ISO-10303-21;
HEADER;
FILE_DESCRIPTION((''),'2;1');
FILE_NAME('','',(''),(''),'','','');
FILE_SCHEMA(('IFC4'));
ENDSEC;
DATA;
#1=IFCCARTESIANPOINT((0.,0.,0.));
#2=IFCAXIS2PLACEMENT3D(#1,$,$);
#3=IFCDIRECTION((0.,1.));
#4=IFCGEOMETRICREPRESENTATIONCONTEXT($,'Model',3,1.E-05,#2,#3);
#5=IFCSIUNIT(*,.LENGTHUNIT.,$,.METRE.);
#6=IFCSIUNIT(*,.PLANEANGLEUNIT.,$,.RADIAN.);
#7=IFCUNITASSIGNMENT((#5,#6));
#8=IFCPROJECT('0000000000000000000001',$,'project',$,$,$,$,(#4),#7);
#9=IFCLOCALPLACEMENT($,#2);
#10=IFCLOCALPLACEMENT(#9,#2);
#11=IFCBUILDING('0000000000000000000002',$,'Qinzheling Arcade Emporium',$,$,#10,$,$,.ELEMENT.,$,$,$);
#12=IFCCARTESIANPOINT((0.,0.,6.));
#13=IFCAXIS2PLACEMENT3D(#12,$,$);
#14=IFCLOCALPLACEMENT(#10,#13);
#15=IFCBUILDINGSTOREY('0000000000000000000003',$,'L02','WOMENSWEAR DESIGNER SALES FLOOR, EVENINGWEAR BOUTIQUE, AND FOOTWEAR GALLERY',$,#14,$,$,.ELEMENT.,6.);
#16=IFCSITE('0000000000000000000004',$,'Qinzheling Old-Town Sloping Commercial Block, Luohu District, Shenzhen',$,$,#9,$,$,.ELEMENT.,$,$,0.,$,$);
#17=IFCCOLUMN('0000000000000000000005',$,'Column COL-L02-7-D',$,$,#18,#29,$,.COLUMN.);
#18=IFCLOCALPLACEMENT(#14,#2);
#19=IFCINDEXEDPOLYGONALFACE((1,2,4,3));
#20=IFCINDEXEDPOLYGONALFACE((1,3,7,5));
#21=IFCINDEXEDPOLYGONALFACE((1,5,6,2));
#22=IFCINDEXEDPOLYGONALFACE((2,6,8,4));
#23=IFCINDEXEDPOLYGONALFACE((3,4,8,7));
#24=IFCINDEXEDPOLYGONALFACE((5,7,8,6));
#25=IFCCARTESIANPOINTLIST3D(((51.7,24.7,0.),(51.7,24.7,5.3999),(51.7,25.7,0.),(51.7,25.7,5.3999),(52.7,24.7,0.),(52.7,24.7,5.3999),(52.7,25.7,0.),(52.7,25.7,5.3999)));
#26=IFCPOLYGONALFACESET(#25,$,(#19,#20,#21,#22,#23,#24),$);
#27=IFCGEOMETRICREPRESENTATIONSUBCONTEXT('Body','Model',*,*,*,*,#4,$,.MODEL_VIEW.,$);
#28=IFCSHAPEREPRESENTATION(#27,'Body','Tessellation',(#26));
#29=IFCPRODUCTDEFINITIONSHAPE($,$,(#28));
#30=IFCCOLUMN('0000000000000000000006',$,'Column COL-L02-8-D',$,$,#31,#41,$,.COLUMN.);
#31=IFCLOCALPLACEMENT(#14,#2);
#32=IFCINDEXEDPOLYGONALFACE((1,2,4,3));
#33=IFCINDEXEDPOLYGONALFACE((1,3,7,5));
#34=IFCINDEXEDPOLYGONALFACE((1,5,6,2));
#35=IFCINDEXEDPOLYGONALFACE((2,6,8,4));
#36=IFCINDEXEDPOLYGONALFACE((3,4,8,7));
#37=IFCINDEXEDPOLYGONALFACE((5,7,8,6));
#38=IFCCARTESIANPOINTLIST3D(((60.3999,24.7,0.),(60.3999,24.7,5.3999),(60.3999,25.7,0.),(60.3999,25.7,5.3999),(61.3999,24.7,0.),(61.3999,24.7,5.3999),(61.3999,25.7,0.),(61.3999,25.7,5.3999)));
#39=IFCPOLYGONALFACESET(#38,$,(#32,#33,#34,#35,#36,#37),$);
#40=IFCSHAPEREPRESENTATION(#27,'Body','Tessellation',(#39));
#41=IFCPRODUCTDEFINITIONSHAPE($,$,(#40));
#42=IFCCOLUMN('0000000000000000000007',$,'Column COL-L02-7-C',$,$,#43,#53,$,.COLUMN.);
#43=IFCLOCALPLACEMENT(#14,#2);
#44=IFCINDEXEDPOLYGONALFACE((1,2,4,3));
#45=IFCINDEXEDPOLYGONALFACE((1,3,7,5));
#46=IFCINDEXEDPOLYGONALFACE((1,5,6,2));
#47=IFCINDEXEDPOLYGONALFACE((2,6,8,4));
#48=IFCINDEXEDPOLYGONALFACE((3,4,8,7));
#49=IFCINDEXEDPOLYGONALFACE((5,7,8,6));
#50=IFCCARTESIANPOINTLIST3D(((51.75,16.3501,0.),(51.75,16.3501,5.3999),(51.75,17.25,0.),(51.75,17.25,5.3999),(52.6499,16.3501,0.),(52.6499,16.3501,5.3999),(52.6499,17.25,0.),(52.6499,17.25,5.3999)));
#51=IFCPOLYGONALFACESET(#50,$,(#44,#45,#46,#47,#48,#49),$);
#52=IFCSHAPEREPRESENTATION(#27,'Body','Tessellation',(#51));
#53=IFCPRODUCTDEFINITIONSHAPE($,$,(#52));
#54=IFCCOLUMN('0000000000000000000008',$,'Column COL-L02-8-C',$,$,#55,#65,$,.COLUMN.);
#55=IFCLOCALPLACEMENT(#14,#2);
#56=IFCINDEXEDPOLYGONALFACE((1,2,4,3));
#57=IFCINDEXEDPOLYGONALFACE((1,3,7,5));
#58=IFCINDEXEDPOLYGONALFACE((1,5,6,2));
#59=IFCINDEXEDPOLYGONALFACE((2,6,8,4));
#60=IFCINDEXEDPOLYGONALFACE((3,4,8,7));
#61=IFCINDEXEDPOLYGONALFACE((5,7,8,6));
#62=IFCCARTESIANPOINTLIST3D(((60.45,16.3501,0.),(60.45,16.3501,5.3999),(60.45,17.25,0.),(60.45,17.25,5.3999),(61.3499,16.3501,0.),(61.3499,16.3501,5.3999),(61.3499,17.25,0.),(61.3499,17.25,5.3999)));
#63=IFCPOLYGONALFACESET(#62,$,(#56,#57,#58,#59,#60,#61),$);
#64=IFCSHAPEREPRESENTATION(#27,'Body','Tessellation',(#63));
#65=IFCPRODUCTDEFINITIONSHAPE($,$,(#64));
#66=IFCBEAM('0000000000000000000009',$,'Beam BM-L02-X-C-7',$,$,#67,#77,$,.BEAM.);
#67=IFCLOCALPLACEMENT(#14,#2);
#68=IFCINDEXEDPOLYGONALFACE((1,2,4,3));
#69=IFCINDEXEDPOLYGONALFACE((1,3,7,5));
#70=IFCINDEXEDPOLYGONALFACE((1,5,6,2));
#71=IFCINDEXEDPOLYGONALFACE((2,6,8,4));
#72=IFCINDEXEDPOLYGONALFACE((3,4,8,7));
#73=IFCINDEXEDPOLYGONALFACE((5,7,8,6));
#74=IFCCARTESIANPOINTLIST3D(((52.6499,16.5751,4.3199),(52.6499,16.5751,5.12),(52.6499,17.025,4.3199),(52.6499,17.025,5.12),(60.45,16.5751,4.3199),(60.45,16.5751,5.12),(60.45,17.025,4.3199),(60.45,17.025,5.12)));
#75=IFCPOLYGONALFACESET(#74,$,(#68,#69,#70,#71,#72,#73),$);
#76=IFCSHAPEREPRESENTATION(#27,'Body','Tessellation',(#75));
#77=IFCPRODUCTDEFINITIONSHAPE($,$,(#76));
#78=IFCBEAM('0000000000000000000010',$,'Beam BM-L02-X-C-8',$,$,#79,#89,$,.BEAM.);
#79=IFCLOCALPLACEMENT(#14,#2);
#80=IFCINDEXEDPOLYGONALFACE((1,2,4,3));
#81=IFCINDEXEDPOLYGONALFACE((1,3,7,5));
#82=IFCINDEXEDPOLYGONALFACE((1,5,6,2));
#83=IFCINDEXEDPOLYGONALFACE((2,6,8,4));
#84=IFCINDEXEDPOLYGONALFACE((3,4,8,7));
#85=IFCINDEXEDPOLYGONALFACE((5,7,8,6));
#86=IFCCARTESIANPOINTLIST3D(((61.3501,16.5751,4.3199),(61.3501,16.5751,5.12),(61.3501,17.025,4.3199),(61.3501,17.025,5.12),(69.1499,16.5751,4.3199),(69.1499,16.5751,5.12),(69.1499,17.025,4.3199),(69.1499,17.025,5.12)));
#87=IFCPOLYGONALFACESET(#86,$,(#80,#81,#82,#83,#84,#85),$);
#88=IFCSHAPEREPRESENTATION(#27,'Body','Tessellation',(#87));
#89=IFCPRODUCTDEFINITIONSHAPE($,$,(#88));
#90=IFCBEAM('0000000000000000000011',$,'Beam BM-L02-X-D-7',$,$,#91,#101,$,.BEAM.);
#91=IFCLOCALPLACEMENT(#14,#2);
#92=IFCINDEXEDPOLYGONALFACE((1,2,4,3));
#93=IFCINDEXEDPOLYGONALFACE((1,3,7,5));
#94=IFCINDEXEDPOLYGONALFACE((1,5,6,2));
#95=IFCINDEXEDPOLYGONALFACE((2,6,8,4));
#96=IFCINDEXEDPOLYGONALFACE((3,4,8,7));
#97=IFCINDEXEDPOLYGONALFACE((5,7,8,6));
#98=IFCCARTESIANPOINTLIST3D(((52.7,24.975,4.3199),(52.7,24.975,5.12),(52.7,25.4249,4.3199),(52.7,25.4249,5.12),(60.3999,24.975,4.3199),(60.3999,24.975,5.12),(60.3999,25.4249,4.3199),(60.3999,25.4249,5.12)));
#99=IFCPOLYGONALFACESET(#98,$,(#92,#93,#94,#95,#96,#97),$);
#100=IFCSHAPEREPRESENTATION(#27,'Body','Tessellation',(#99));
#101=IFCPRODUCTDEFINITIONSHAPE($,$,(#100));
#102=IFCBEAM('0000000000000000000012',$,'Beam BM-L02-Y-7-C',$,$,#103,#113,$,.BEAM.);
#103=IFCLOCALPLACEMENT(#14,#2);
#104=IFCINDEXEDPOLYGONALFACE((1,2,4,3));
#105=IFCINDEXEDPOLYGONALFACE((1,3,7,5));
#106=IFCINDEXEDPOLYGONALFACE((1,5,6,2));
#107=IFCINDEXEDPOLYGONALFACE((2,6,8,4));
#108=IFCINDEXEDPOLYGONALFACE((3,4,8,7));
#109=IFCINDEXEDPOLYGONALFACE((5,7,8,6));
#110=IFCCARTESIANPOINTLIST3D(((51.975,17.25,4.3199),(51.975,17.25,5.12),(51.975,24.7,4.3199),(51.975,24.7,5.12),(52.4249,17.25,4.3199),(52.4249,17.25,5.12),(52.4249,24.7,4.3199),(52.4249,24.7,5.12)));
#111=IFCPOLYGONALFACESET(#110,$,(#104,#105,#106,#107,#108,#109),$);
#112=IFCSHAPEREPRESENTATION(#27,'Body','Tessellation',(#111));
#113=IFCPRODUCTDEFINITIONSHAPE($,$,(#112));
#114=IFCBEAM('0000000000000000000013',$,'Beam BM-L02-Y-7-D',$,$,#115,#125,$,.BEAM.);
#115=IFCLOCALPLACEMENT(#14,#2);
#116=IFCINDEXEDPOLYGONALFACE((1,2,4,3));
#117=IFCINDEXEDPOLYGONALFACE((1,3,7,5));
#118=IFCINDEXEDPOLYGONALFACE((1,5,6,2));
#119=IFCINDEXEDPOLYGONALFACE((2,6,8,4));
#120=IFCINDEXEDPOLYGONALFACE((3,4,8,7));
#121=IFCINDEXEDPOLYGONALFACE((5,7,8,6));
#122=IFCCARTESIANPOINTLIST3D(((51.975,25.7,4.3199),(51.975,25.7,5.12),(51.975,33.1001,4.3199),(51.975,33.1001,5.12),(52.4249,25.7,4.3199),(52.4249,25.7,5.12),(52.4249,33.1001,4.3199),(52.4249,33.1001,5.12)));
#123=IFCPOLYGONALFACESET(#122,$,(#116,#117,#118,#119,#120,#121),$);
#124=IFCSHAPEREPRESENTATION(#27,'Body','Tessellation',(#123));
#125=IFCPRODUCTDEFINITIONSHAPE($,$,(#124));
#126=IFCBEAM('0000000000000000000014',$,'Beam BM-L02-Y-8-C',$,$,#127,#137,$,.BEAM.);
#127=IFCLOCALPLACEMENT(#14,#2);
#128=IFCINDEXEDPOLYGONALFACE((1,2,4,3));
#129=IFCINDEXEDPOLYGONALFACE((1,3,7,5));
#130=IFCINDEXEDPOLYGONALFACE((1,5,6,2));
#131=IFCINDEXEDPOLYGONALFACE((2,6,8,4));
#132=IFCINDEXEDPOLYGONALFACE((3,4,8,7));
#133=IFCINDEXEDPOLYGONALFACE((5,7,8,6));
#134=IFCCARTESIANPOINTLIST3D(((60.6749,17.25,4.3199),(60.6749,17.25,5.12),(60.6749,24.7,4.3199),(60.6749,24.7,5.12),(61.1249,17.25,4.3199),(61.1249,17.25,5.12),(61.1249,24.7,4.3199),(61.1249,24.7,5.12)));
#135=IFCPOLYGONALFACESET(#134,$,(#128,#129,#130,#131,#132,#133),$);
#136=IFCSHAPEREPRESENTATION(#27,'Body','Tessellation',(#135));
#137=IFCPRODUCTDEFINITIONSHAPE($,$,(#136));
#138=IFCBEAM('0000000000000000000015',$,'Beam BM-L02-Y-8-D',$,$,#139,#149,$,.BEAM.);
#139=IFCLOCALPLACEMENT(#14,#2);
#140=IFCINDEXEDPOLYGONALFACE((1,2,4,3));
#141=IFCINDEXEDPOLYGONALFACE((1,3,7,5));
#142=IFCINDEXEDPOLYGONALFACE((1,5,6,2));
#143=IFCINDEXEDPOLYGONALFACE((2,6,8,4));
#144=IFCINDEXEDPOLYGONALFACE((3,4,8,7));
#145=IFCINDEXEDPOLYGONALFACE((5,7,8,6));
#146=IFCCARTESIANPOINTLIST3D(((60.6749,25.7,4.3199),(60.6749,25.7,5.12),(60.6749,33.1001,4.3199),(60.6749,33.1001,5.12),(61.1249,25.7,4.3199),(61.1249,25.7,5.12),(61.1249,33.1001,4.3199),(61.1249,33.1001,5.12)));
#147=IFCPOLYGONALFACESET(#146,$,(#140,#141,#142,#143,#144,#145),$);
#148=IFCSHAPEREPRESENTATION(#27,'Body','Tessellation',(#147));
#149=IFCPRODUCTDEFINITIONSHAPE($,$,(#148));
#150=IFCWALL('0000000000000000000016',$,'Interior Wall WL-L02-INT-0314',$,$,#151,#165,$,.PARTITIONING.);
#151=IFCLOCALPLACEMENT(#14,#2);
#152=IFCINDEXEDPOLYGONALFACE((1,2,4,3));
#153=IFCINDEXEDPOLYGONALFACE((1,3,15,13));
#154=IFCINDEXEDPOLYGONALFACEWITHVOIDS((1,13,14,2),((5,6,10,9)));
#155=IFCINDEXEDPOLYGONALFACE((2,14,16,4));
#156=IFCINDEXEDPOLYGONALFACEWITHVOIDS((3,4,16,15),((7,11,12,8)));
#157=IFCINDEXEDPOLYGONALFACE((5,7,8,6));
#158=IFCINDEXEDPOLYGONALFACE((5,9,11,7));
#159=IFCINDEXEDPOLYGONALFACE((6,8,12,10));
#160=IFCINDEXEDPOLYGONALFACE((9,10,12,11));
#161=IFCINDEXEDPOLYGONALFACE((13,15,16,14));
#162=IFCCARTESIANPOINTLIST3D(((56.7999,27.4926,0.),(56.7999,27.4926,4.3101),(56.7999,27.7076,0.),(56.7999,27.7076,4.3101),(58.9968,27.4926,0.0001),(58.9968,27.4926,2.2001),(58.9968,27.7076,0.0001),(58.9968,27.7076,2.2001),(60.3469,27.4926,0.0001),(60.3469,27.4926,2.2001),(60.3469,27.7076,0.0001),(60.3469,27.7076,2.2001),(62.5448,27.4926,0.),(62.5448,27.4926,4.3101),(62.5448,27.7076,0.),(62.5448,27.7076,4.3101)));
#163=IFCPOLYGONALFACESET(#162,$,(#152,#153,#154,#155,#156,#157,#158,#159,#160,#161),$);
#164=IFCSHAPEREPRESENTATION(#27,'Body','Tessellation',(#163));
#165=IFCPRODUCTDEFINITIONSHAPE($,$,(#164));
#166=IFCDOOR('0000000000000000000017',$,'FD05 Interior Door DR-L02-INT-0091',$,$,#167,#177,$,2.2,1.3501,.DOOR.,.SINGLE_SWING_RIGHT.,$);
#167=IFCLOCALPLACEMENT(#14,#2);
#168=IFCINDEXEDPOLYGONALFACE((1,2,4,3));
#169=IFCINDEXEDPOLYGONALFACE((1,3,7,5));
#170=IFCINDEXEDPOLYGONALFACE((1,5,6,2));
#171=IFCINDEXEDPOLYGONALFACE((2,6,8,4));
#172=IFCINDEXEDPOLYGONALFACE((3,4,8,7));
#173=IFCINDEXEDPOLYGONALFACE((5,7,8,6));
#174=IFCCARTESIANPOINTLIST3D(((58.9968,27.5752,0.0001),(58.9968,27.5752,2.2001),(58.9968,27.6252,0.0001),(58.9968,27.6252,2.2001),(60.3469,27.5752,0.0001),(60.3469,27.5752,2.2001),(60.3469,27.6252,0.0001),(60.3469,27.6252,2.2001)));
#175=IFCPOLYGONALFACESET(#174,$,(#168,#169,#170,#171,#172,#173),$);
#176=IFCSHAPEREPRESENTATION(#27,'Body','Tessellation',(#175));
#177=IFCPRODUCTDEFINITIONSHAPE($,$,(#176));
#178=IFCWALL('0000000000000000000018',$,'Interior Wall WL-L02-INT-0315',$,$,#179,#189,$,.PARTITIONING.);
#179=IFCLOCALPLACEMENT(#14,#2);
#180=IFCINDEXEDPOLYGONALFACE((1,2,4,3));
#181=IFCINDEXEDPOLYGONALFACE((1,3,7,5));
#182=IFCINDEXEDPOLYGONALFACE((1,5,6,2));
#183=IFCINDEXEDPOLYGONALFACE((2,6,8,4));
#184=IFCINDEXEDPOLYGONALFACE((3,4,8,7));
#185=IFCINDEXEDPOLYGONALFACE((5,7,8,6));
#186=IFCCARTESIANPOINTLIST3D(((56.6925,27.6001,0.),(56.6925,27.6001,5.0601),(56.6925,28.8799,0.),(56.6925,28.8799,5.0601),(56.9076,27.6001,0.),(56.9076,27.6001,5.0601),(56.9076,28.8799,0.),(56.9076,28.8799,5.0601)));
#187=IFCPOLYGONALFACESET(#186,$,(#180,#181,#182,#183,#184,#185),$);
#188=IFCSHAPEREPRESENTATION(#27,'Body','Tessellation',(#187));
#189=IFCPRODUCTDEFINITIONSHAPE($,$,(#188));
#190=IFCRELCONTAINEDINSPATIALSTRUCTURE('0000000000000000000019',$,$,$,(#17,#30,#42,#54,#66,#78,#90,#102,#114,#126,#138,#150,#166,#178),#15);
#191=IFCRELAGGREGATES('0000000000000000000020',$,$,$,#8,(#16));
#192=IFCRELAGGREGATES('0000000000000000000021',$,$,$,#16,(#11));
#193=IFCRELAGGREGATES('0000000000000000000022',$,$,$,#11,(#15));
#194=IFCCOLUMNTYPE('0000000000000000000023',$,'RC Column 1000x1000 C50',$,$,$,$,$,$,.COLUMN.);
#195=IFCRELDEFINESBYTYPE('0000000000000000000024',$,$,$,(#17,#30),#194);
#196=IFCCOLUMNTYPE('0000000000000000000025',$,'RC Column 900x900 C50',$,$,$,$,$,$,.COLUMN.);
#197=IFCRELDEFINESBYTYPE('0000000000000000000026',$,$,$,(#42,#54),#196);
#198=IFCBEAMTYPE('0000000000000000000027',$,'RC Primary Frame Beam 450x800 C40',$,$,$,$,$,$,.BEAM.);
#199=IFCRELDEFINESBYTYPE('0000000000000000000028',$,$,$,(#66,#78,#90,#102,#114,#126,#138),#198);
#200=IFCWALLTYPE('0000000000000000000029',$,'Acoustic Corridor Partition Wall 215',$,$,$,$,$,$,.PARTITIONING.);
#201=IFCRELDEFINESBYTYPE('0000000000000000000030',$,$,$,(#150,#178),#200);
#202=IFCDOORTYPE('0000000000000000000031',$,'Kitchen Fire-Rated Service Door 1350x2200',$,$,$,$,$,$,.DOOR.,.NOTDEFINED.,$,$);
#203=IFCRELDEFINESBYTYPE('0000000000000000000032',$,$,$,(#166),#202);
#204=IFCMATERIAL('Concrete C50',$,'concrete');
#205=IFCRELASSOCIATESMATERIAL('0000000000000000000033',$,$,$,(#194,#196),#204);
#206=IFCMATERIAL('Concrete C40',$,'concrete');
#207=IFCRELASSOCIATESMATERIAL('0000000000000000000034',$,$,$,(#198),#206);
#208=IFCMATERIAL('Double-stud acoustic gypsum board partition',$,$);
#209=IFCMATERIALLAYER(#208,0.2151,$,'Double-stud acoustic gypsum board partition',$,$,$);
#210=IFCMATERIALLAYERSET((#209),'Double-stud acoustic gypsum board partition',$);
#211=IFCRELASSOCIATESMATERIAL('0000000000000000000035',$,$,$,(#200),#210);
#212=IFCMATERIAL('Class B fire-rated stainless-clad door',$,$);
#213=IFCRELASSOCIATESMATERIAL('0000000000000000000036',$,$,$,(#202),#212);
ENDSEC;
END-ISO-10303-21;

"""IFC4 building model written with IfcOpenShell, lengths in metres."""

from ifc_helpers import new_model, si_unit, direction, frame, frame_2d, origin, origin_2d, place, context, subcontext, project, spatial, rectangle, extrude, material, layer, layer_set, material_profile, profile_set, type_object, element, fill, save


model = new_model("IFC4")

# Units and contexts
model_context = context("Model", 3, precision=1e-05, world=origin(), true_north=direction((0.0, 1.0)))
body_context = subcontext(model_context, "Body", "Model", "MODEL_VIEW")
ifc_project = project(units=[si_unit("LENGTHUNIT", "METRE"), si_unit("PLANEANGLEUNIT", "RADIAN")], contexts=[model_context])

# Site, building, storey
site_placement = place(None, origin())
site = spatial("IfcSite", under=ifc_project, at=site_placement, Name="Qinzheling Old-Town Sloping Commercial Block, Luohu District, Shenzhen", CompositionType="ELEMENT", RefElevation=0.0)
building_placement = place(site_placement, origin())
building = spatial("IfcBuilding", under=site, at=building_placement, Name="Qinzheling Arcade Emporium", CompositionType="ELEMENT")
storey_placement = place(building_placement, frame((0.0, 0.0, 6.0)))
storey = spatial("IfcBuildingStorey", under=building, at=storey_placement, Name="L02", Description="WOMENSWEAR DESIGNER SALES FLOOR, EVENINGWEAR BOUTIQUE, AND FOOTWEAR GALLERY", CompositionType="ELEMENT", Elevation=6.0)

# Columns
ifc_material_1 = material(Name="Concrete C50", Category="concrete")
ifc_material_profile_1 = material_profile(ifc_material_1, rectangle(XDim=1.0, YDim=1.0, at=origin_2d()), Name="RC 1000x1000", Category="concrete")
ifc_profile_set_1 = profile_set([ifc_material_profile_1], Name="Concrete C50")
column_type_1 = type_object("IfcColumnType", Name="RC Column 1000x1000 C50", PredefinedType="COLUMN", material=ifc_profile_set_1)
for number, where, z_axis, x_axis, name in (
    (1, (52.2, 25.2, 0.0), (0.0, 0.0, 1.0), (1.0, 0.0, 0.0), "Column COL-L02-7-D"),
    (2, (60.8999, 25.2, 0.0), (0.0, 0.0, 1.0), (1.0, 0.0, 0.0), "Column COL-L02-8-D"),
):
    element("IfcColumn", number, at=place(storey_placement, frame(where, z_axis=z_axis, x_axis=x_axis)), inside=storey, type_object=column_type_1, Name=name, PredefinedType="COLUMN", context=body_context, shape_type="SweptSolid", body=[
        extrude(rectangle(XDim=1.0, YDim=1.0, at=origin_2d()), origin(), (0.0, 0.0, 1.0), 5.3999),
    ])
ifc_material_profile_2 = material_profile(ifc_material_1, rectangle(XDim=0.8999, YDim=0.8999, at=origin_2d()), Name="RC 900x900", Category="concrete")
ifc_profile_set_2 = profile_set([ifc_material_profile_2], Name="Concrete C50")
column_type_2 = type_object("IfcColumnType", Name="RC Column 900x900 C50", PredefinedType="COLUMN", material=ifc_profile_set_2)
for number, where, z_axis, x_axis, name in (
    (3, (52.2, 16.8, 0.0), (0.0, 0.0, 1.0), (1.0, 0.0, 0.0), "Column COL-L02-7-C"),
    (4, (60.8999, 16.8, 0.0), (0.0, 0.0, 1.0), (1.0, 0.0, 0.0), "Column COL-L02-8-C"),
):
    element("IfcColumn", number, at=place(storey_placement, frame(where, z_axis=z_axis, x_axis=x_axis)), inside=storey, type_object=column_type_2, Name=name, PredefinedType="COLUMN", context=body_context, shape_type="SweptSolid", body=[
        extrude(rectangle(XDim=0.8999, YDim=0.8999, at=origin_2d()), origin(), (0.0, 0.0, 1.0), 5.3999),
    ])

# Beams
ifc_material_2 = material(Name="Concrete C40", Category="concrete")
ifc_material_profile_3 = material_profile(ifc_material_2, rectangle(XDim=0.45, YDim=0.8, at=origin_2d()), Name="RC 450x800", Category="concrete")
ifc_profile_set_3 = profile_set([ifc_material_profile_3], Name="Concrete C40")
beam_type = type_object("IfcBeamType", Name="RC Primary Frame Beam 450x800 C40", PredefinedType="BEAM", material=ifc_profile_set_3)
beam_1_placement = place(storey_placement, frame((52.6499, 16.8, 4.72), z_axis=(1.0, 0.0, 0.0), x_axis=(0.0, 1.0, 0.0)))
element("IfcBeam", 5, at=beam_1_placement, inside=storey, type_object=beam_type, Name="Beam BM-L02-X-C-7", PredefinedType="BEAM", context=body_context, shape_type="SweptSolid", body=[
    extrude(rectangle(XDim=0.45, YDim=0.8, at=origin_2d()), origin(), (0.0, 0.0, 1.0), 7.8),
])
beam_2_placement = place(storey_placement, frame((61.3501, 16.8, 4.72), z_axis=(1.0, 0.0, 0.0), x_axis=(0.0, 1.0, 0.0)))
element("IfcBeam", 6, at=beam_2_placement, inside=storey, type_object=beam_type, Name="Beam BM-L02-X-C-8", PredefinedType="BEAM", context=body_context, shape_type="SweptSolid", body=[
    extrude(rectangle(XDim=0.45, YDim=0.8, at=origin_2d()), origin(), (0.0, 0.0, 1.0), 7.7998),
])
beam_3_placement = place(storey_placement, frame((52.7, 25.2, 4.72), z_axis=(1.0, 0.0, 0.0), x_axis=(0.0, 1.0, 0.0)))
element("IfcBeam", 7, at=beam_3_placement, inside=storey, type_object=beam_type, Name="Beam BM-L02-X-D-7", PredefinedType="BEAM", context=body_context, shape_type="SweptSolid", body=[
    extrude(rectangle(XDim=0.45, YDim=0.8, at=origin_2d()), origin(), (0.0, 0.0, 1.0), 7.7),
])
beam_4_placement = place(storey_placement, frame((52.2, 17.25, 4.72), z_axis=(0.0, 1.0, 0.0), x_axis=(-1.0, 0.0, 0.0)))
element("IfcBeam", 8, at=beam_4_placement, inside=storey, type_object=beam_type, Name="Beam BM-L02-Y-7-C", PredefinedType="BEAM", context=body_context, shape_type="SweptSolid", body=[
    extrude(rectangle(XDim=0.45, YDim=0.8, at=origin_2d()), origin(), (0.0, 0.0, 1.0), 7.45),
])
beam_5_placement = place(storey_placement, frame((52.2, 25.7, 4.72), z_axis=(0.0, 1.0, 0.0), x_axis=(-1.0, 0.0, 0.0)))
element("IfcBeam", 9, at=beam_5_placement, inside=storey, type_object=beam_type, Name="Beam BM-L02-Y-7-D", PredefinedType="BEAM", context=body_context, shape_type="SweptSolid", body=[
    extrude(rectangle(XDim=0.45, YDim=0.8, at=origin_2d()), origin(), (0.0, 0.0, 1.0), 7.4001),
])
beam_6_placement = place(storey_placement, frame((60.8999, 17.25, 4.72), z_axis=(0.0, 1.0, 0.0), x_axis=(-1.0, 0.0, 0.0)))
element("IfcBeam", 10, at=beam_6_placement, inside=storey, type_object=beam_type, Name="Beam BM-L02-Y-8-C", PredefinedType="BEAM", context=body_context, shape_type="SweptSolid", body=[
    extrude(rectangle(XDim=0.45, YDim=0.8, at=origin_2d()), origin(), (0.0, 0.0, 1.0), 7.45),
])
beam_7_placement = place(storey_placement, frame((60.8999, 25.7, 4.72), z_axis=(0.0, 1.0, 0.0), x_axis=(-1.0, 0.0, 0.0)))
element("IfcBeam", 11, at=beam_7_placement, inside=storey, type_object=beam_type, Name="Beam BM-L02-Y-8-D", PredefinedType="BEAM", context=body_context, shape_type="SweptSolid", body=[
    extrude(rectangle(XDim=0.45, YDim=0.8, at=origin_2d()), origin(), (0.0, 0.0, 1.0), 7.4001),
])

# Wall, opening, door
ifc_material_3 = material(Name="Double-stud acoustic gypsum board partition")
ifc_layer_1 = layer(ifc_material_3, 0.2151, Name="Double-stud acoustic gypsum board partition")
ifc_layer_set_1 = layer_set([ifc_layer_1], Name="Double-stud acoustic gypsum board partition")
wall_type_1 = type_object("IfcWallType", Name="Acoustic Corridor Partition Wall 215", PredefinedType="PARTITIONING", material=ifc_layer_set_1)
wall_1_placement = place(storey_placement, frame((62.5449, 27.6001, 0.0), z_axis=(0.0, 0.0, 1.0), x_axis=(-1.0, 0.0, 0.0)))
wall_1 = element("IfcWall", 12, at=wall_1_placement, inside=storey, type_object=wall_type_1, Name="Interior Wall WL-L02-INT-0314", PredefinedType="PARTITIONING", context=body_context, shape_type="SweptSolid", body=[
    extrude(rectangle(XDim=5.7449, YDim=0.2151, at=frame_2d((2.8726, 0.0))), origin(), (0.0, 0.0, 1.0), 4.3101),
])
opening_1_placement = place(wall_1_placement, frame((2.198, 0.0, 0.0)))
opening_1 = element("IfcOpeningElement", 13, at=opening_1_placement, cuts=wall_1, PredefinedType="OPENING", context=body_context, shape_type="SweptSolid", body=[
    extrude(rectangle(XDim=1.3501, YDim=2.2, at=frame_2d((0.675, 1.1001))), frame((0.0, 0.1177, 0.0), z_axis=(0.0, -1.0, 0.0), x_axis=(1.0, 0.0, 0.0)), (0.0, 0.0, 1.0), 0.2351),
])
ifc_material_4 = material(Name="Class B fire-rated stainless-clad door")
door_type_1 = type_object("IfcDoorType", Name="Kitchen Fire-Rated Service Door 1350x2200", OperationType="NOTDEFINED", PredefinedType="DOOR", material=ifc_material_4)
door_1_placement = place(opening_1_placement, origin())
door_1 = element("IfcDoor", 14, at=door_1_placement, inside=storey, type_object=door_type_1, Name="FD05 Interior Door DR-L02-INT-0091", OperationType="SINGLE_SWING_RIGHT", OverallHeight=2.2, OverallWidth=1.3501, PredefinedType="DOOR", context=body_context, shape_type="SweptSolid", body=[
    extrude(rectangle(XDim=1.3501, YDim=2.2, at=frame_2d((0.675, 1.1001))), frame((0.0, 0.0249, 0.0), z_axis=(0.0, -1.0, 0.0), x_axis=(1.0, 0.0, 0.0)), (0.0, 0.0, 1.0), 0.05),
])
fill(opening_1, door_1)

# Wall
wall_2_placement = place(storey_placement, frame((56.8, 27.6001, 0.0), z_axis=(0.0, 0.0, 1.0), x_axis=(0.0, 1.0, 0.0)))
element("IfcWall", 15, at=wall_2_placement, inside=storey, type_object=wall_type_1, Name="Interior Wall WL-L02-INT-0315", PredefinedType="PARTITIONING", context=body_context, shape_type="SweptSolid", body=[
    extrude(rectangle(XDim=1.2798, YDim=0.2151, at=frame_2d((0.6399, 0.0))), origin(), (0.0, 0.0, 1.0), 5.0601),
])

save(model, "model.ifc")
